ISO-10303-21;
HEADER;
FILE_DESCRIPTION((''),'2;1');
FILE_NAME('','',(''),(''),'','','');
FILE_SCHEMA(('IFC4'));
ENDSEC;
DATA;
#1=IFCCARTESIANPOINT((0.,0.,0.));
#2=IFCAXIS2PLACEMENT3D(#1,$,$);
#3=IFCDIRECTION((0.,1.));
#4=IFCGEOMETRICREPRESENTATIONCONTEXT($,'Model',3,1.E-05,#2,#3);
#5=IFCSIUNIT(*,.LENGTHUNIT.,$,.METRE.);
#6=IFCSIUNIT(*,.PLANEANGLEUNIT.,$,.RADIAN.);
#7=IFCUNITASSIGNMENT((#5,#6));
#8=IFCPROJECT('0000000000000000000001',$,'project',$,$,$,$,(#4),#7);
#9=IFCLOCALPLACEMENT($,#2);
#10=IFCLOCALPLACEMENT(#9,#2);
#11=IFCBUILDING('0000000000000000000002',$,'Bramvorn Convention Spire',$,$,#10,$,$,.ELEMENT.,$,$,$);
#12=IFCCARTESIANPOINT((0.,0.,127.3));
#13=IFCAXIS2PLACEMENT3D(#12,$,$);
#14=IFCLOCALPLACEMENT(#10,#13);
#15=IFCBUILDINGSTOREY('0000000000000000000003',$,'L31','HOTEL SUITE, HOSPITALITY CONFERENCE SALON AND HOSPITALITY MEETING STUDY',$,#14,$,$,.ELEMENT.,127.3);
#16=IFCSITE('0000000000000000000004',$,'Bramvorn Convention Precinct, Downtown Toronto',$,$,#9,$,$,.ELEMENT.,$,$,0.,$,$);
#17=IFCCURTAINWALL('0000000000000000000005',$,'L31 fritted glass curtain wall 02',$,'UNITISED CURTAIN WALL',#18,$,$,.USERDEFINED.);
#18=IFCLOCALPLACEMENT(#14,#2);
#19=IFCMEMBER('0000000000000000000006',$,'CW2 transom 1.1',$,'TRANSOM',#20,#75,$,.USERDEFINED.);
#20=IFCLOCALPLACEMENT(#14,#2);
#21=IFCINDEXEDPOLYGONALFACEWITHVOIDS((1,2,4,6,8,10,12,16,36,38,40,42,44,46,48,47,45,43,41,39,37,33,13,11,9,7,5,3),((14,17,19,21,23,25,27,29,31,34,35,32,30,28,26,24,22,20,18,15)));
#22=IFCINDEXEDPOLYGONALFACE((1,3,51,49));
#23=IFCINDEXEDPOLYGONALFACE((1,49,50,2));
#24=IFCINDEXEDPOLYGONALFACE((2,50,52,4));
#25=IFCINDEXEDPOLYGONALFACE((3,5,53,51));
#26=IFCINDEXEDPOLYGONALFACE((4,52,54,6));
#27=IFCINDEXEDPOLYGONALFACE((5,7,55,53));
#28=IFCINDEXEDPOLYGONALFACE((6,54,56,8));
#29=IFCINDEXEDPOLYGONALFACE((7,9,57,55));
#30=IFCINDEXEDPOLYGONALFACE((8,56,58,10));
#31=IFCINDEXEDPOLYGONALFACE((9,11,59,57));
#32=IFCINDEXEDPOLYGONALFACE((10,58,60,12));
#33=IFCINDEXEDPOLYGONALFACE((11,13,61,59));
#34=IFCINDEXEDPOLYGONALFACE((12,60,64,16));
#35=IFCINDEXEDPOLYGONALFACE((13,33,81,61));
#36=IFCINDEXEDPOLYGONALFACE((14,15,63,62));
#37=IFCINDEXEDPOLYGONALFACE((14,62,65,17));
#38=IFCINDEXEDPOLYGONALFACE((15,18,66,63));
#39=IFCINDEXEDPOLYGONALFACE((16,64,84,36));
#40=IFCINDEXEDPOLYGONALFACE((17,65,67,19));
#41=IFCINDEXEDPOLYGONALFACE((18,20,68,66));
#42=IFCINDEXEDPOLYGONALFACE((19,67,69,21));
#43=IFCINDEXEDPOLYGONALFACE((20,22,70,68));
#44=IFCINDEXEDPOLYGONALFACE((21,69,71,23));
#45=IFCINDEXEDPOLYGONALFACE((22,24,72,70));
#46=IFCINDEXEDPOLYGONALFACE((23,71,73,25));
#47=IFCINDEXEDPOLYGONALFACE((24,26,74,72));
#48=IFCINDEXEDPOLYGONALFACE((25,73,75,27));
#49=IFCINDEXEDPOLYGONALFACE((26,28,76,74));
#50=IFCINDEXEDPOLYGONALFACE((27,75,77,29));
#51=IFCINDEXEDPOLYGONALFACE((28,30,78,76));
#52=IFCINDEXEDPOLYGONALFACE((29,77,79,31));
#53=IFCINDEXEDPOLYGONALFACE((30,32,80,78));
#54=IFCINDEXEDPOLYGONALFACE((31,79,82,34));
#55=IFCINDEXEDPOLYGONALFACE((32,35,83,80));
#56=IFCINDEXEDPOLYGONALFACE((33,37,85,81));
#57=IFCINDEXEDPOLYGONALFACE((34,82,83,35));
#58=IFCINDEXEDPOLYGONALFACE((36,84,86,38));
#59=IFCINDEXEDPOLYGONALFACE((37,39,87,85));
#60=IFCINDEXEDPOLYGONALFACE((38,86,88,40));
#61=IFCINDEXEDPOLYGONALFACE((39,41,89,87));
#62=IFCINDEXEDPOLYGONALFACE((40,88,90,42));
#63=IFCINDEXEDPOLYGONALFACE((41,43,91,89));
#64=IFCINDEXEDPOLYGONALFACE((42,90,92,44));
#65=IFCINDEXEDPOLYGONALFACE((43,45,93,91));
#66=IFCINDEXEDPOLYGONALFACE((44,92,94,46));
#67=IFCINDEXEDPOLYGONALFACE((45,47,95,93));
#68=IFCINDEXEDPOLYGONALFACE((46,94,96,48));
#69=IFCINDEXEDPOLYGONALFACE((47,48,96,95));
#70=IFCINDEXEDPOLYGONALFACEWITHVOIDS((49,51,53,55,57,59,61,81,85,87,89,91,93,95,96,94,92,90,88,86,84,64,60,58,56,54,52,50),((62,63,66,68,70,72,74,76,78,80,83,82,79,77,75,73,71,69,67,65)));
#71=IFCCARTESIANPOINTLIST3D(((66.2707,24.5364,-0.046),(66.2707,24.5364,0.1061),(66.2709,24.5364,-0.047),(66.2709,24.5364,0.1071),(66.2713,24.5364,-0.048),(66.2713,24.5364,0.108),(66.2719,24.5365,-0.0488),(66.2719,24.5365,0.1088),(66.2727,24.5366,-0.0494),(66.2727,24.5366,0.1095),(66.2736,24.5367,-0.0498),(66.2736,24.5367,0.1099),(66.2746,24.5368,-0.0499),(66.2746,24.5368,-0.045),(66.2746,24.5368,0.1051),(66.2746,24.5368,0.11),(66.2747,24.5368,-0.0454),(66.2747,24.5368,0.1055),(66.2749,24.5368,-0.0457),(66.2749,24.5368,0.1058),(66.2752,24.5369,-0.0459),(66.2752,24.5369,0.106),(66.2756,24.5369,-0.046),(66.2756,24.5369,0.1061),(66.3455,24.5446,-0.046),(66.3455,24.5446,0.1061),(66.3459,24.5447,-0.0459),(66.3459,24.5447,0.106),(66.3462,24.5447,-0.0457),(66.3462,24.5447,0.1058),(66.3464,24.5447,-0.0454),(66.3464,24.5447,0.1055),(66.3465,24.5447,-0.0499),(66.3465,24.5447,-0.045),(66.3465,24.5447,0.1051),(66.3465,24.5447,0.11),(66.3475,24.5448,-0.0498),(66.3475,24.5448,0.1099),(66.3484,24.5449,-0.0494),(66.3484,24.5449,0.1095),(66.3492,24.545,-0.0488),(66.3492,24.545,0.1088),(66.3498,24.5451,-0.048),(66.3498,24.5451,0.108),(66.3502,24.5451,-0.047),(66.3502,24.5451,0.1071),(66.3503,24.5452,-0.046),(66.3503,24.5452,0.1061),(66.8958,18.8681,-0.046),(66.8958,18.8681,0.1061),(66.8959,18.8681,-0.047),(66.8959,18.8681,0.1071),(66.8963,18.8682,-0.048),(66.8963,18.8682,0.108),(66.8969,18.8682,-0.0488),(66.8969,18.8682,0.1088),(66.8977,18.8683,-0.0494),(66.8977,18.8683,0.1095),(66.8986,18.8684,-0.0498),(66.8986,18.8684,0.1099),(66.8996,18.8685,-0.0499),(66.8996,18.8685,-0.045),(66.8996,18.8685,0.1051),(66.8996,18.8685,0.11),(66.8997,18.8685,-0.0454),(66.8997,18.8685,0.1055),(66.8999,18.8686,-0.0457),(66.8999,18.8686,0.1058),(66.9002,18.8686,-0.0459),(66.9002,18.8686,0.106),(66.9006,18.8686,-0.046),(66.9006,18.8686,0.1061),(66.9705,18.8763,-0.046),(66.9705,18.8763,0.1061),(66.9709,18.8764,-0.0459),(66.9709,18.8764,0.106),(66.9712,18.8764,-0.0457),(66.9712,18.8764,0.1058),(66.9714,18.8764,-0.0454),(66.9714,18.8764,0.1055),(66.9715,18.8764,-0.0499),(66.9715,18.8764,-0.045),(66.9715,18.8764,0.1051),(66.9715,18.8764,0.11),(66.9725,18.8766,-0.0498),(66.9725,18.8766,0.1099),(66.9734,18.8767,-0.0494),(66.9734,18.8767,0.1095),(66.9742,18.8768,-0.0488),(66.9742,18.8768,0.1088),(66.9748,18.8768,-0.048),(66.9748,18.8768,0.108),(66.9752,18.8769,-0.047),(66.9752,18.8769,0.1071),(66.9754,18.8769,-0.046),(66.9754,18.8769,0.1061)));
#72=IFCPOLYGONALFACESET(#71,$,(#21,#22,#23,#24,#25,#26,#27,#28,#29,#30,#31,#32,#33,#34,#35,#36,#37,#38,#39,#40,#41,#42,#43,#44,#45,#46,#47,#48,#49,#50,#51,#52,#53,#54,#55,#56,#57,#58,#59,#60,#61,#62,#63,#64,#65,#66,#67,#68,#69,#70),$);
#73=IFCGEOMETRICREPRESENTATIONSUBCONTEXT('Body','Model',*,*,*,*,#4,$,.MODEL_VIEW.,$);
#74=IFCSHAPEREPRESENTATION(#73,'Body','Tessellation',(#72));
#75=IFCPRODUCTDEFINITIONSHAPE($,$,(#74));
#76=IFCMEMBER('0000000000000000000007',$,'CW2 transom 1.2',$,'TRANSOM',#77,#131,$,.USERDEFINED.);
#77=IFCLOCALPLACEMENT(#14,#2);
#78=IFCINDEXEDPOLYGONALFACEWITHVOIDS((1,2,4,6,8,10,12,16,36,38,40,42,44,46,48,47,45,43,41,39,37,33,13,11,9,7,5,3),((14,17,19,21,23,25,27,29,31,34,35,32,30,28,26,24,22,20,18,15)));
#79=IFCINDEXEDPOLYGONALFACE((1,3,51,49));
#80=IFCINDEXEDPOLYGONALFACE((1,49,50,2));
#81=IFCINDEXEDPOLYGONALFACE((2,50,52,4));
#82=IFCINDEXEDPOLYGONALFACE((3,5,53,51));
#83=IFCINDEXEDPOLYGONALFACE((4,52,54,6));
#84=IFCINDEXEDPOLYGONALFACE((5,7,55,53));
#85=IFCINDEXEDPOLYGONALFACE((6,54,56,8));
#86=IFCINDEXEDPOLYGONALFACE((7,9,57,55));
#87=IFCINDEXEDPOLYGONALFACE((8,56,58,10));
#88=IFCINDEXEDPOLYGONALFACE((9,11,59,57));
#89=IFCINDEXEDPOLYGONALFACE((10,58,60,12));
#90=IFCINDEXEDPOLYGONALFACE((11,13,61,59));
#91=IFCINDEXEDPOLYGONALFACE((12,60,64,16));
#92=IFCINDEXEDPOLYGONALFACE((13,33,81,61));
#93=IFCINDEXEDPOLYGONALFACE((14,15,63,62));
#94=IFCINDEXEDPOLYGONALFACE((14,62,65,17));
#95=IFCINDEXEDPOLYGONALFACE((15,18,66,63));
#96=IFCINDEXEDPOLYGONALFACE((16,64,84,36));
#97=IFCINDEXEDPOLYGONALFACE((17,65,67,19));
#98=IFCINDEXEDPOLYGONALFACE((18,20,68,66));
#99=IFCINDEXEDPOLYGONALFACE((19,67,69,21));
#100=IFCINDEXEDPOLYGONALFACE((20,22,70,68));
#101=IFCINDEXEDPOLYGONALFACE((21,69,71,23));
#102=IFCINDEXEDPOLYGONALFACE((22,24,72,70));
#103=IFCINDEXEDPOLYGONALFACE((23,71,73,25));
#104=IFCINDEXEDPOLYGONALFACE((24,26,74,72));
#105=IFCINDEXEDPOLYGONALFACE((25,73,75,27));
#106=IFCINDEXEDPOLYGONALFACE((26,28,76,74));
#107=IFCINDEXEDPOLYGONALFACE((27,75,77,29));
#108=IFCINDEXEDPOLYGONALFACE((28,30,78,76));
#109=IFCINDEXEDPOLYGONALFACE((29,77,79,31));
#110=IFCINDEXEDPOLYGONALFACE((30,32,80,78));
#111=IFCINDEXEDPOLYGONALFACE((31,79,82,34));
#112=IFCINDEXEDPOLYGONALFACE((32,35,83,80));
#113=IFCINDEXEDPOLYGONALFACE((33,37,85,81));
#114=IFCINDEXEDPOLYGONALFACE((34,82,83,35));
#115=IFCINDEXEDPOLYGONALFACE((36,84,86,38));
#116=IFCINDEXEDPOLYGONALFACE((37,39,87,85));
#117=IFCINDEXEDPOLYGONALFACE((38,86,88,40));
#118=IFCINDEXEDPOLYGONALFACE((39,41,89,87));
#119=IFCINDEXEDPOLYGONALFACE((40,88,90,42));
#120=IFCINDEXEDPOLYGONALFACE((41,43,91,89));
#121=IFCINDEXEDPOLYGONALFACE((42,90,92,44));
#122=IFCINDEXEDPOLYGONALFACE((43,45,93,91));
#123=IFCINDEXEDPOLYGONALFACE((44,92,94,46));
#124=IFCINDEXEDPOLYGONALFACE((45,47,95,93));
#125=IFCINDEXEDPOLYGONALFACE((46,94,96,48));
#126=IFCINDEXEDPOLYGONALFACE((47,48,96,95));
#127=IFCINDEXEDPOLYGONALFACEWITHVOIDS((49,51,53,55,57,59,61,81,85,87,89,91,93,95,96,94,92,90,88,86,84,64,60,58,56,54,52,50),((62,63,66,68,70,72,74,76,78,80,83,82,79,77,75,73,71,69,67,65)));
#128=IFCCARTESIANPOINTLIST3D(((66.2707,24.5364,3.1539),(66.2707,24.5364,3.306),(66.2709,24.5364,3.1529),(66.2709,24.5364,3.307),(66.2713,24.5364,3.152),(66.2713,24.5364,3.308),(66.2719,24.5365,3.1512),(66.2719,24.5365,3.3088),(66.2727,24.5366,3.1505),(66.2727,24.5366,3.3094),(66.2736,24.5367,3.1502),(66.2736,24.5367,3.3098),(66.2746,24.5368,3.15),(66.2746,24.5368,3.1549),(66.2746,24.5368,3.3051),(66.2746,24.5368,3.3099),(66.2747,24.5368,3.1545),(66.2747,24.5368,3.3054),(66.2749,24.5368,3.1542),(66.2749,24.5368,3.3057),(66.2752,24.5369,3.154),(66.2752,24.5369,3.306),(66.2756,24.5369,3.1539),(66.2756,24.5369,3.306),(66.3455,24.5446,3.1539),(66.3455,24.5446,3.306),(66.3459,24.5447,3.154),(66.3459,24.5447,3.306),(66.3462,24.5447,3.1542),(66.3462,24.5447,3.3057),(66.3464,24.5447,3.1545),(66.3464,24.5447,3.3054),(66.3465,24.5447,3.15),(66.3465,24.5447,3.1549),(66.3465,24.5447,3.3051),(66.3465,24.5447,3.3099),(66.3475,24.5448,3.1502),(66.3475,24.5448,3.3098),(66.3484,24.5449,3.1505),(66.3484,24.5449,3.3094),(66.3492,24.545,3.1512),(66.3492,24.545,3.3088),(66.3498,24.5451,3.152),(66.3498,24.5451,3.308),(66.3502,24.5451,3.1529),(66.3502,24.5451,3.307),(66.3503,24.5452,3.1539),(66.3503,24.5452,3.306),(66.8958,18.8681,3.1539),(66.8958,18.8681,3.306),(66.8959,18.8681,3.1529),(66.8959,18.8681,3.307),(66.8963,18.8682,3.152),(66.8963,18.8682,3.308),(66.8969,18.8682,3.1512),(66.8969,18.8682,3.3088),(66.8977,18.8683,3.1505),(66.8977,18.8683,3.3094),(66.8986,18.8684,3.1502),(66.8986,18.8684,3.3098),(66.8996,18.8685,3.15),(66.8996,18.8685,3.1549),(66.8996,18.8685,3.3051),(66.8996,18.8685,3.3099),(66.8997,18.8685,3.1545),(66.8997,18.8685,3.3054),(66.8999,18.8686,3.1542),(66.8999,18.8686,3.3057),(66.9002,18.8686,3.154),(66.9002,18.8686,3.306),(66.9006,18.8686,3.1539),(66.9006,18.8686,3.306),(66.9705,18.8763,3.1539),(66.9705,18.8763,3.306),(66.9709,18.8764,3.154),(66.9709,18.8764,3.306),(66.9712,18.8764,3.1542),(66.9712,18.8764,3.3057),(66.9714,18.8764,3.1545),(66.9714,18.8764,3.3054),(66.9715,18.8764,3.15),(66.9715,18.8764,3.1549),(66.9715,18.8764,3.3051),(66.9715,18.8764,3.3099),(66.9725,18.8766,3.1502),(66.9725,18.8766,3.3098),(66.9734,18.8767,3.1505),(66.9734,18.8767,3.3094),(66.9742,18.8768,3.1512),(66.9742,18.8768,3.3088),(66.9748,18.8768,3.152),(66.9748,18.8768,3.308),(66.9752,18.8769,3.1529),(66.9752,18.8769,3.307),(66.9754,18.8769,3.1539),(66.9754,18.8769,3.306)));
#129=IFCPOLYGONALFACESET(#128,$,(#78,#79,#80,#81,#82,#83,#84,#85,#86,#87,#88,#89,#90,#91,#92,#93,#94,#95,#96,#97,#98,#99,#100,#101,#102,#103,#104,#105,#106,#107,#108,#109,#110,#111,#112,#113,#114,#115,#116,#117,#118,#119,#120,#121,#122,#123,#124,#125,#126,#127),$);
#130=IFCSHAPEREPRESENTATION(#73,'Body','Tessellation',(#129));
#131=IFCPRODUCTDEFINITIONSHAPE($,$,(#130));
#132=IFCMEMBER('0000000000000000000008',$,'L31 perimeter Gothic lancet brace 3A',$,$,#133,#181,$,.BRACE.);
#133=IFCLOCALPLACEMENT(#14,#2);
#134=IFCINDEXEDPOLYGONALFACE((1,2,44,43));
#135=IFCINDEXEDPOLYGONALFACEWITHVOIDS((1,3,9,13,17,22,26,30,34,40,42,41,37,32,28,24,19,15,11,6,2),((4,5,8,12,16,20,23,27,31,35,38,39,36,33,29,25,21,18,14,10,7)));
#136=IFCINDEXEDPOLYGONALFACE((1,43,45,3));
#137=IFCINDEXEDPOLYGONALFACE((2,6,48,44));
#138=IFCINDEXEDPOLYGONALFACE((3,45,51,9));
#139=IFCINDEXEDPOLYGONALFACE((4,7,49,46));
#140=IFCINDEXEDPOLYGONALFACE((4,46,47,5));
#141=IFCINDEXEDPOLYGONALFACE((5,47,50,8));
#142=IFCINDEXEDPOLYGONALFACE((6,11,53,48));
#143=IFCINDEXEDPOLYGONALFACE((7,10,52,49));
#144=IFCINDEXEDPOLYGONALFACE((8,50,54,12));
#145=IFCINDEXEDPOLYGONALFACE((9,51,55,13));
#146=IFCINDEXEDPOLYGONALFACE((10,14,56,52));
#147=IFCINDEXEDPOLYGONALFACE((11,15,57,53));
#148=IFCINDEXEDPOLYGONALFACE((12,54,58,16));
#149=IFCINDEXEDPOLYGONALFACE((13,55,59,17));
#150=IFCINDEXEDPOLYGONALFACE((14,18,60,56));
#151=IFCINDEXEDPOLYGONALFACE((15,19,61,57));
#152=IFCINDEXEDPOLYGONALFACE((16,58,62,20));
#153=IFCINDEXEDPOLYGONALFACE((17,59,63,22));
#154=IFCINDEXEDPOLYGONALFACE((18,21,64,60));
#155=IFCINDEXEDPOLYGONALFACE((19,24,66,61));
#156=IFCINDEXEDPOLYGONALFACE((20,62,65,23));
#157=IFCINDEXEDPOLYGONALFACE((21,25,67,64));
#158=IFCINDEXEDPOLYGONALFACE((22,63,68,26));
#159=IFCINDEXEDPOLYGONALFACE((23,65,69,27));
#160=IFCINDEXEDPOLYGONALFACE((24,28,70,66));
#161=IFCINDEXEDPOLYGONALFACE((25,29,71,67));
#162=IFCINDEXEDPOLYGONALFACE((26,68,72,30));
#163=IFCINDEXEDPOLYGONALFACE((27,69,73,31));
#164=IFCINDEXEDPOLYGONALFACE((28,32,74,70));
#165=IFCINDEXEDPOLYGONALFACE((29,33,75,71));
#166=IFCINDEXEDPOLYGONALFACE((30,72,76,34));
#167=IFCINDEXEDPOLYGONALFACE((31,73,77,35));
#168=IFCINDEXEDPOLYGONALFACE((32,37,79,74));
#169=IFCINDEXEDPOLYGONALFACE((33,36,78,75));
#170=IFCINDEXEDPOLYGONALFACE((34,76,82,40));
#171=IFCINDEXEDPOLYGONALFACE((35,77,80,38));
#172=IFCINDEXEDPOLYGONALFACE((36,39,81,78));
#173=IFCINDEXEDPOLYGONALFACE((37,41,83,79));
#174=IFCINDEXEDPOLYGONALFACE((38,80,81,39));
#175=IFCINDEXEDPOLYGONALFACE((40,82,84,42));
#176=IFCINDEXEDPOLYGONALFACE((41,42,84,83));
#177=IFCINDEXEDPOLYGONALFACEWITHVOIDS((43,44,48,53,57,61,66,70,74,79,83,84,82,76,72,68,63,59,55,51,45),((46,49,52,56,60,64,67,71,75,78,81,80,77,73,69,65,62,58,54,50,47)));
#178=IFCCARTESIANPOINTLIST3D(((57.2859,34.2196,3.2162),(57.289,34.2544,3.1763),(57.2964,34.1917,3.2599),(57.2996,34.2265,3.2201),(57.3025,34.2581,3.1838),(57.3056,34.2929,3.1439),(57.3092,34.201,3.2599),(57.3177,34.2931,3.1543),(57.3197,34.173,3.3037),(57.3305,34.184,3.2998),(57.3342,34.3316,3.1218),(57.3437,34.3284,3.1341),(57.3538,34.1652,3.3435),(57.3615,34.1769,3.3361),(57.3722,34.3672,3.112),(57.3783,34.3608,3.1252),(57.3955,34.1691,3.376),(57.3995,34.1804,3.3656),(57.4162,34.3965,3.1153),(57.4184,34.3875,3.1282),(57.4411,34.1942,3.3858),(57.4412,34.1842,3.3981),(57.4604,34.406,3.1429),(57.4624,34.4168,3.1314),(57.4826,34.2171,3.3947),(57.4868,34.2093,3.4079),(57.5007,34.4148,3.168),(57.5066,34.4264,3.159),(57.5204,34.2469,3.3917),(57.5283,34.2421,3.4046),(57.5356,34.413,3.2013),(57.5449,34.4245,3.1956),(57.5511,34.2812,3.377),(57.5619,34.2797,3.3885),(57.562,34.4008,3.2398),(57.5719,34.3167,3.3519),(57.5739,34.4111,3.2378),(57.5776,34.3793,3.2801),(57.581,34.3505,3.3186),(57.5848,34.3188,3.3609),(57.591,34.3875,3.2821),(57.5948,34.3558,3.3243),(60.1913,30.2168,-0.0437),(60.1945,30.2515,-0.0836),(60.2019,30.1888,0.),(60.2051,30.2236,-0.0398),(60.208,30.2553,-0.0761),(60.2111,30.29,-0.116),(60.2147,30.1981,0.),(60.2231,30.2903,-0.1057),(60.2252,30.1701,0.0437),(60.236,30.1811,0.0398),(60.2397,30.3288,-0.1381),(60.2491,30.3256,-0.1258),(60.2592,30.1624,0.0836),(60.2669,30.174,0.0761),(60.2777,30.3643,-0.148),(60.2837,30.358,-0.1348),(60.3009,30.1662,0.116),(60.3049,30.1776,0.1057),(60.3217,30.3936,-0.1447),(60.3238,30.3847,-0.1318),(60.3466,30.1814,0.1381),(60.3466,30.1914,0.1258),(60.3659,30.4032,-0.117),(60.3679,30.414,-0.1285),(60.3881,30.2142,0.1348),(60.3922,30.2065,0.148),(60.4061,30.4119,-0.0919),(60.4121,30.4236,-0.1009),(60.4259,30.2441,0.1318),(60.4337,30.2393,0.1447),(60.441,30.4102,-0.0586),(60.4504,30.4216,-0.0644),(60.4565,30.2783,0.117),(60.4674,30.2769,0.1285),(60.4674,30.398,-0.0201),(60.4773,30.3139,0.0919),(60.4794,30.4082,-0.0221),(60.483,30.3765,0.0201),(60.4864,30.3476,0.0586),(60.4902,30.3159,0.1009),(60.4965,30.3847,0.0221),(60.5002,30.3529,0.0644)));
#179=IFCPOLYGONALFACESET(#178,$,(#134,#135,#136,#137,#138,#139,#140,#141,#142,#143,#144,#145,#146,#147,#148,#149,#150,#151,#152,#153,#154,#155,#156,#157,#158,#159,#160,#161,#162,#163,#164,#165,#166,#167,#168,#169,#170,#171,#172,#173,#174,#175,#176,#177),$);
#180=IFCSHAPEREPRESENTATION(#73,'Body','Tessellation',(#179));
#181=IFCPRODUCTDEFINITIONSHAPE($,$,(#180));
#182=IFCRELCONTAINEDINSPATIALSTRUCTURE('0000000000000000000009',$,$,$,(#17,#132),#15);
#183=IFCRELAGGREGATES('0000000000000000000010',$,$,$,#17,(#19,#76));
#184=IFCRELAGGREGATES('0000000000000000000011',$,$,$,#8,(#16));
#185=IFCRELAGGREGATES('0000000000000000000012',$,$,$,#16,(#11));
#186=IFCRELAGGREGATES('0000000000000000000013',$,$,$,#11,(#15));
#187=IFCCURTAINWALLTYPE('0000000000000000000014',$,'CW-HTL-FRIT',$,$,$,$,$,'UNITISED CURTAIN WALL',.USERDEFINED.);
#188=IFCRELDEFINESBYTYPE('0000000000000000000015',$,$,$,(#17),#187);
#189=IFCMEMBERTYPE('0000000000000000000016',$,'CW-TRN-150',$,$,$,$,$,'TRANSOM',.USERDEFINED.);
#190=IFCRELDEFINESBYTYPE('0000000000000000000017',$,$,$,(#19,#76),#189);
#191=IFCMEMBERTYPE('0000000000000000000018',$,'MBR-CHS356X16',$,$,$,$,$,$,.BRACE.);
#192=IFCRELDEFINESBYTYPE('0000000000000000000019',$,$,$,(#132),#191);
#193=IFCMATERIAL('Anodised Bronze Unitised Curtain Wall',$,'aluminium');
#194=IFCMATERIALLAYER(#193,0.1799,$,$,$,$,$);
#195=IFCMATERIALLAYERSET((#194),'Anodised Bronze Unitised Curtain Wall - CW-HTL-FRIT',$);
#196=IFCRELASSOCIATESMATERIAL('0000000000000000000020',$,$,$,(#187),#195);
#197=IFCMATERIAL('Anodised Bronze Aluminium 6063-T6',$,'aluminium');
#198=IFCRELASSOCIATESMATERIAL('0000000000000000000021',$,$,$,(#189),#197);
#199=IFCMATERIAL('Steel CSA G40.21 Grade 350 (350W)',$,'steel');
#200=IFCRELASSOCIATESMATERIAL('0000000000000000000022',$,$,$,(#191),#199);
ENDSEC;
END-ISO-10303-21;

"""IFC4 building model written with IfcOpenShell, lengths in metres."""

from ifc_helpers import new_model, si_unit, direction, frame, origin, origin_2d, place, context, subcontext, project, spatial, hollow_rectangle, hollow_circle, extrude, material, layer, layer_set, material_profile, profile_set, type_object, element, aggregate, save


model = new_model("IFC4")

# Units and contexts
model_context = context("Model", 3, precision=1e-05, world=origin(), true_north=direction((0.0, 1.0)))
body_context = subcontext(model_context, "Body", "Model", "MODEL_VIEW")
ifc_project = project(units=[si_unit("LENGTHUNIT", "METRE"), si_unit("PLANEANGLEUNIT", "RADIAN")], contexts=[model_context])

# Site, building, storey
site_placement = place(None, origin())
site = spatial("IfcSite", under=ifc_project, at=site_placement, Name="Bramvorn Convention Precinct, Downtown Toronto", CompositionType="ELEMENT", RefElevation=0.0)
building_placement = place(site_placement, origin())
building = spatial("IfcBuilding", under=site, at=building_placement, Name="Bramvorn Convention Spire", CompositionType="ELEMENT")
storey_placement = place(building_placement, frame((0.0, 0.0, 127.3)))
storey = spatial("IfcBuildingStorey", under=building, at=storey_placement, Name="L31", Description="HOTEL SUITE, HOSPITALITY CONFERENCE SALON AND HOSPITALITY MEETING STUDY", CompositionType="ELEMENT", Elevation=127.3)

# Shared definitions
ifc_material_1 = material(Name="Steel CSA G40.21 Grade 350 (350W)", Category="steel")

# Curtain wall
ifc_material_2 = material(Name="Anodised Bronze Unitised Curtain Wall", Category="aluminium")
ifc_layer_1 = layer(ifc_material_2, 0.1799)
ifc_layer_set_1 = layer_set([ifc_layer_1], Name="Anodised Bronze Unitised Curtain Wall - CW-HTL-FRIT")
curtain_wall_type = type_object("IfcCurtainWallType", Name="CW-HTL-FRIT", ElementType="UNITISED CURTAIN WALL", PredefinedType="USERDEFINED", material=ifc_layer_set_1)
curtain_wall_1_placement = place(storey_placement, origin())
curtain_wall_1 = element("IfcCurtainWall", 1, at=curtain_wall_1_placement, inside=storey, type_object=curtain_wall_type, Name="L31 fritted glass curtain wall 02", ObjectType="UNITISED CURTAIN WALL", PredefinedType="USERDEFINED")
ifc_material_3 = material(Name="Anodised Bronze Aluminium 6063-T6", Category="aluminium")

# Members
ifc_material_profile_1 = material_profile(ifc_material_3, hollow_rectangle(XDim=0.0801, YDim=0.1599, WallThickness=0.0039, InnerFilletRadius=0.001, OuterFilletRadius=0.0039, at=origin_2d()))
ifc_profile_set_1 = profile_set([ifc_material_profile_1], Name="Anodised Bronze Aluminium 6063-T6 - CWT80X160")
member_type_1 = type_object("IfcMemberType", Name="CW-TRN-150", ElementType="TRANSOM", PredefinedType="USERDEFINED", material=ifc_profile_set_1)
member_1_placement = place(storey_placement, frame((66.3105, 24.5408, 0.03), z_axis=(0.1096, -0.993976, 0.0), x_axis=(0.993976, 0.1096, 0.0)))
member_1 = element("IfcMember", 2, at=member_1_placement, type_object=member_type_1, Name="CW2 transom 1.1", ObjectType="TRANSOM", PredefinedType="USERDEFINED", context=body_context, shape_type="SweptSolid", body=[
    extrude(hollow_rectangle(XDim=0.0801, YDim=0.1599, WallThickness=0.0039, InnerFilletRadius=0.001, OuterFilletRadius=0.0039, at=origin_2d()), origin(), (0.0, 0.0, 1.0), 5.7026),
])
member_2_placement = place(storey_placement, frame((66.3105, 24.5408, 3.23), z_axis=(0.1096, -0.993976, 0.0), x_axis=(0.993976, 0.1096, 0.0)))
member_2 = element("IfcMember", 3, at=member_2_placement, type_object=member_type_1, Name="CW2 transom 1.2", ObjectType="TRANSOM", PredefinedType="USERDEFINED", context=body_context, shape_type="SweptSolid", body=[
    extrude(hollow_rectangle(XDim=0.0801, YDim=0.1599, WallThickness=0.0039, InnerFilletRadius=0.001, OuterFilletRadius=0.0039, at=origin_2d()), origin(), (0.0, 0.0, 1.0), 5.7026),
])
aggregate(curtain_wall_1, [member_1, member_2])

# Member
ifc_material_profile_2 = material_profile(ifc_material_1, hollow_circle(Radius=0.1777, WallThickness=0.0159, at=origin_2d()))
ifc_profile_set_2 = profile_set([ifc_material_profile_2], Name="Steel CSA G40.21 Grade 350 (350W) - CHS356X16")
member_type_2 = type_object("IfcMemberType", Name="MBR-CHS356X16", PredefinedType="BRACE", material=ifc_profile_set_2)
for number, where, z_axis, x_axis, name in (
    (4, (60.3457, 30.2932, 0.0), (-0.49047, 0.67572, 0.55031), (-0.809284, -0.587417, 0.0), "L31 perimeter Gothic lancet brace 3A"),
):
    element("IfcMember", number, at=place(storey_placement, frame(where, z_axis=z_axis, x_axis=x_axis)), inside=storey, type_object=member_type_2, Name=name, PredefinedType="BRACE", context=body_context, shape_type="SweptSolid", body=[
        extrude(hollow_circle(Radius=0.1777, WallThickness=0.0159, at=origin_2d()), origin(), (0.0, 0.0, 1.0), 5.9238),
    ])

save(model, "model.ifc")
